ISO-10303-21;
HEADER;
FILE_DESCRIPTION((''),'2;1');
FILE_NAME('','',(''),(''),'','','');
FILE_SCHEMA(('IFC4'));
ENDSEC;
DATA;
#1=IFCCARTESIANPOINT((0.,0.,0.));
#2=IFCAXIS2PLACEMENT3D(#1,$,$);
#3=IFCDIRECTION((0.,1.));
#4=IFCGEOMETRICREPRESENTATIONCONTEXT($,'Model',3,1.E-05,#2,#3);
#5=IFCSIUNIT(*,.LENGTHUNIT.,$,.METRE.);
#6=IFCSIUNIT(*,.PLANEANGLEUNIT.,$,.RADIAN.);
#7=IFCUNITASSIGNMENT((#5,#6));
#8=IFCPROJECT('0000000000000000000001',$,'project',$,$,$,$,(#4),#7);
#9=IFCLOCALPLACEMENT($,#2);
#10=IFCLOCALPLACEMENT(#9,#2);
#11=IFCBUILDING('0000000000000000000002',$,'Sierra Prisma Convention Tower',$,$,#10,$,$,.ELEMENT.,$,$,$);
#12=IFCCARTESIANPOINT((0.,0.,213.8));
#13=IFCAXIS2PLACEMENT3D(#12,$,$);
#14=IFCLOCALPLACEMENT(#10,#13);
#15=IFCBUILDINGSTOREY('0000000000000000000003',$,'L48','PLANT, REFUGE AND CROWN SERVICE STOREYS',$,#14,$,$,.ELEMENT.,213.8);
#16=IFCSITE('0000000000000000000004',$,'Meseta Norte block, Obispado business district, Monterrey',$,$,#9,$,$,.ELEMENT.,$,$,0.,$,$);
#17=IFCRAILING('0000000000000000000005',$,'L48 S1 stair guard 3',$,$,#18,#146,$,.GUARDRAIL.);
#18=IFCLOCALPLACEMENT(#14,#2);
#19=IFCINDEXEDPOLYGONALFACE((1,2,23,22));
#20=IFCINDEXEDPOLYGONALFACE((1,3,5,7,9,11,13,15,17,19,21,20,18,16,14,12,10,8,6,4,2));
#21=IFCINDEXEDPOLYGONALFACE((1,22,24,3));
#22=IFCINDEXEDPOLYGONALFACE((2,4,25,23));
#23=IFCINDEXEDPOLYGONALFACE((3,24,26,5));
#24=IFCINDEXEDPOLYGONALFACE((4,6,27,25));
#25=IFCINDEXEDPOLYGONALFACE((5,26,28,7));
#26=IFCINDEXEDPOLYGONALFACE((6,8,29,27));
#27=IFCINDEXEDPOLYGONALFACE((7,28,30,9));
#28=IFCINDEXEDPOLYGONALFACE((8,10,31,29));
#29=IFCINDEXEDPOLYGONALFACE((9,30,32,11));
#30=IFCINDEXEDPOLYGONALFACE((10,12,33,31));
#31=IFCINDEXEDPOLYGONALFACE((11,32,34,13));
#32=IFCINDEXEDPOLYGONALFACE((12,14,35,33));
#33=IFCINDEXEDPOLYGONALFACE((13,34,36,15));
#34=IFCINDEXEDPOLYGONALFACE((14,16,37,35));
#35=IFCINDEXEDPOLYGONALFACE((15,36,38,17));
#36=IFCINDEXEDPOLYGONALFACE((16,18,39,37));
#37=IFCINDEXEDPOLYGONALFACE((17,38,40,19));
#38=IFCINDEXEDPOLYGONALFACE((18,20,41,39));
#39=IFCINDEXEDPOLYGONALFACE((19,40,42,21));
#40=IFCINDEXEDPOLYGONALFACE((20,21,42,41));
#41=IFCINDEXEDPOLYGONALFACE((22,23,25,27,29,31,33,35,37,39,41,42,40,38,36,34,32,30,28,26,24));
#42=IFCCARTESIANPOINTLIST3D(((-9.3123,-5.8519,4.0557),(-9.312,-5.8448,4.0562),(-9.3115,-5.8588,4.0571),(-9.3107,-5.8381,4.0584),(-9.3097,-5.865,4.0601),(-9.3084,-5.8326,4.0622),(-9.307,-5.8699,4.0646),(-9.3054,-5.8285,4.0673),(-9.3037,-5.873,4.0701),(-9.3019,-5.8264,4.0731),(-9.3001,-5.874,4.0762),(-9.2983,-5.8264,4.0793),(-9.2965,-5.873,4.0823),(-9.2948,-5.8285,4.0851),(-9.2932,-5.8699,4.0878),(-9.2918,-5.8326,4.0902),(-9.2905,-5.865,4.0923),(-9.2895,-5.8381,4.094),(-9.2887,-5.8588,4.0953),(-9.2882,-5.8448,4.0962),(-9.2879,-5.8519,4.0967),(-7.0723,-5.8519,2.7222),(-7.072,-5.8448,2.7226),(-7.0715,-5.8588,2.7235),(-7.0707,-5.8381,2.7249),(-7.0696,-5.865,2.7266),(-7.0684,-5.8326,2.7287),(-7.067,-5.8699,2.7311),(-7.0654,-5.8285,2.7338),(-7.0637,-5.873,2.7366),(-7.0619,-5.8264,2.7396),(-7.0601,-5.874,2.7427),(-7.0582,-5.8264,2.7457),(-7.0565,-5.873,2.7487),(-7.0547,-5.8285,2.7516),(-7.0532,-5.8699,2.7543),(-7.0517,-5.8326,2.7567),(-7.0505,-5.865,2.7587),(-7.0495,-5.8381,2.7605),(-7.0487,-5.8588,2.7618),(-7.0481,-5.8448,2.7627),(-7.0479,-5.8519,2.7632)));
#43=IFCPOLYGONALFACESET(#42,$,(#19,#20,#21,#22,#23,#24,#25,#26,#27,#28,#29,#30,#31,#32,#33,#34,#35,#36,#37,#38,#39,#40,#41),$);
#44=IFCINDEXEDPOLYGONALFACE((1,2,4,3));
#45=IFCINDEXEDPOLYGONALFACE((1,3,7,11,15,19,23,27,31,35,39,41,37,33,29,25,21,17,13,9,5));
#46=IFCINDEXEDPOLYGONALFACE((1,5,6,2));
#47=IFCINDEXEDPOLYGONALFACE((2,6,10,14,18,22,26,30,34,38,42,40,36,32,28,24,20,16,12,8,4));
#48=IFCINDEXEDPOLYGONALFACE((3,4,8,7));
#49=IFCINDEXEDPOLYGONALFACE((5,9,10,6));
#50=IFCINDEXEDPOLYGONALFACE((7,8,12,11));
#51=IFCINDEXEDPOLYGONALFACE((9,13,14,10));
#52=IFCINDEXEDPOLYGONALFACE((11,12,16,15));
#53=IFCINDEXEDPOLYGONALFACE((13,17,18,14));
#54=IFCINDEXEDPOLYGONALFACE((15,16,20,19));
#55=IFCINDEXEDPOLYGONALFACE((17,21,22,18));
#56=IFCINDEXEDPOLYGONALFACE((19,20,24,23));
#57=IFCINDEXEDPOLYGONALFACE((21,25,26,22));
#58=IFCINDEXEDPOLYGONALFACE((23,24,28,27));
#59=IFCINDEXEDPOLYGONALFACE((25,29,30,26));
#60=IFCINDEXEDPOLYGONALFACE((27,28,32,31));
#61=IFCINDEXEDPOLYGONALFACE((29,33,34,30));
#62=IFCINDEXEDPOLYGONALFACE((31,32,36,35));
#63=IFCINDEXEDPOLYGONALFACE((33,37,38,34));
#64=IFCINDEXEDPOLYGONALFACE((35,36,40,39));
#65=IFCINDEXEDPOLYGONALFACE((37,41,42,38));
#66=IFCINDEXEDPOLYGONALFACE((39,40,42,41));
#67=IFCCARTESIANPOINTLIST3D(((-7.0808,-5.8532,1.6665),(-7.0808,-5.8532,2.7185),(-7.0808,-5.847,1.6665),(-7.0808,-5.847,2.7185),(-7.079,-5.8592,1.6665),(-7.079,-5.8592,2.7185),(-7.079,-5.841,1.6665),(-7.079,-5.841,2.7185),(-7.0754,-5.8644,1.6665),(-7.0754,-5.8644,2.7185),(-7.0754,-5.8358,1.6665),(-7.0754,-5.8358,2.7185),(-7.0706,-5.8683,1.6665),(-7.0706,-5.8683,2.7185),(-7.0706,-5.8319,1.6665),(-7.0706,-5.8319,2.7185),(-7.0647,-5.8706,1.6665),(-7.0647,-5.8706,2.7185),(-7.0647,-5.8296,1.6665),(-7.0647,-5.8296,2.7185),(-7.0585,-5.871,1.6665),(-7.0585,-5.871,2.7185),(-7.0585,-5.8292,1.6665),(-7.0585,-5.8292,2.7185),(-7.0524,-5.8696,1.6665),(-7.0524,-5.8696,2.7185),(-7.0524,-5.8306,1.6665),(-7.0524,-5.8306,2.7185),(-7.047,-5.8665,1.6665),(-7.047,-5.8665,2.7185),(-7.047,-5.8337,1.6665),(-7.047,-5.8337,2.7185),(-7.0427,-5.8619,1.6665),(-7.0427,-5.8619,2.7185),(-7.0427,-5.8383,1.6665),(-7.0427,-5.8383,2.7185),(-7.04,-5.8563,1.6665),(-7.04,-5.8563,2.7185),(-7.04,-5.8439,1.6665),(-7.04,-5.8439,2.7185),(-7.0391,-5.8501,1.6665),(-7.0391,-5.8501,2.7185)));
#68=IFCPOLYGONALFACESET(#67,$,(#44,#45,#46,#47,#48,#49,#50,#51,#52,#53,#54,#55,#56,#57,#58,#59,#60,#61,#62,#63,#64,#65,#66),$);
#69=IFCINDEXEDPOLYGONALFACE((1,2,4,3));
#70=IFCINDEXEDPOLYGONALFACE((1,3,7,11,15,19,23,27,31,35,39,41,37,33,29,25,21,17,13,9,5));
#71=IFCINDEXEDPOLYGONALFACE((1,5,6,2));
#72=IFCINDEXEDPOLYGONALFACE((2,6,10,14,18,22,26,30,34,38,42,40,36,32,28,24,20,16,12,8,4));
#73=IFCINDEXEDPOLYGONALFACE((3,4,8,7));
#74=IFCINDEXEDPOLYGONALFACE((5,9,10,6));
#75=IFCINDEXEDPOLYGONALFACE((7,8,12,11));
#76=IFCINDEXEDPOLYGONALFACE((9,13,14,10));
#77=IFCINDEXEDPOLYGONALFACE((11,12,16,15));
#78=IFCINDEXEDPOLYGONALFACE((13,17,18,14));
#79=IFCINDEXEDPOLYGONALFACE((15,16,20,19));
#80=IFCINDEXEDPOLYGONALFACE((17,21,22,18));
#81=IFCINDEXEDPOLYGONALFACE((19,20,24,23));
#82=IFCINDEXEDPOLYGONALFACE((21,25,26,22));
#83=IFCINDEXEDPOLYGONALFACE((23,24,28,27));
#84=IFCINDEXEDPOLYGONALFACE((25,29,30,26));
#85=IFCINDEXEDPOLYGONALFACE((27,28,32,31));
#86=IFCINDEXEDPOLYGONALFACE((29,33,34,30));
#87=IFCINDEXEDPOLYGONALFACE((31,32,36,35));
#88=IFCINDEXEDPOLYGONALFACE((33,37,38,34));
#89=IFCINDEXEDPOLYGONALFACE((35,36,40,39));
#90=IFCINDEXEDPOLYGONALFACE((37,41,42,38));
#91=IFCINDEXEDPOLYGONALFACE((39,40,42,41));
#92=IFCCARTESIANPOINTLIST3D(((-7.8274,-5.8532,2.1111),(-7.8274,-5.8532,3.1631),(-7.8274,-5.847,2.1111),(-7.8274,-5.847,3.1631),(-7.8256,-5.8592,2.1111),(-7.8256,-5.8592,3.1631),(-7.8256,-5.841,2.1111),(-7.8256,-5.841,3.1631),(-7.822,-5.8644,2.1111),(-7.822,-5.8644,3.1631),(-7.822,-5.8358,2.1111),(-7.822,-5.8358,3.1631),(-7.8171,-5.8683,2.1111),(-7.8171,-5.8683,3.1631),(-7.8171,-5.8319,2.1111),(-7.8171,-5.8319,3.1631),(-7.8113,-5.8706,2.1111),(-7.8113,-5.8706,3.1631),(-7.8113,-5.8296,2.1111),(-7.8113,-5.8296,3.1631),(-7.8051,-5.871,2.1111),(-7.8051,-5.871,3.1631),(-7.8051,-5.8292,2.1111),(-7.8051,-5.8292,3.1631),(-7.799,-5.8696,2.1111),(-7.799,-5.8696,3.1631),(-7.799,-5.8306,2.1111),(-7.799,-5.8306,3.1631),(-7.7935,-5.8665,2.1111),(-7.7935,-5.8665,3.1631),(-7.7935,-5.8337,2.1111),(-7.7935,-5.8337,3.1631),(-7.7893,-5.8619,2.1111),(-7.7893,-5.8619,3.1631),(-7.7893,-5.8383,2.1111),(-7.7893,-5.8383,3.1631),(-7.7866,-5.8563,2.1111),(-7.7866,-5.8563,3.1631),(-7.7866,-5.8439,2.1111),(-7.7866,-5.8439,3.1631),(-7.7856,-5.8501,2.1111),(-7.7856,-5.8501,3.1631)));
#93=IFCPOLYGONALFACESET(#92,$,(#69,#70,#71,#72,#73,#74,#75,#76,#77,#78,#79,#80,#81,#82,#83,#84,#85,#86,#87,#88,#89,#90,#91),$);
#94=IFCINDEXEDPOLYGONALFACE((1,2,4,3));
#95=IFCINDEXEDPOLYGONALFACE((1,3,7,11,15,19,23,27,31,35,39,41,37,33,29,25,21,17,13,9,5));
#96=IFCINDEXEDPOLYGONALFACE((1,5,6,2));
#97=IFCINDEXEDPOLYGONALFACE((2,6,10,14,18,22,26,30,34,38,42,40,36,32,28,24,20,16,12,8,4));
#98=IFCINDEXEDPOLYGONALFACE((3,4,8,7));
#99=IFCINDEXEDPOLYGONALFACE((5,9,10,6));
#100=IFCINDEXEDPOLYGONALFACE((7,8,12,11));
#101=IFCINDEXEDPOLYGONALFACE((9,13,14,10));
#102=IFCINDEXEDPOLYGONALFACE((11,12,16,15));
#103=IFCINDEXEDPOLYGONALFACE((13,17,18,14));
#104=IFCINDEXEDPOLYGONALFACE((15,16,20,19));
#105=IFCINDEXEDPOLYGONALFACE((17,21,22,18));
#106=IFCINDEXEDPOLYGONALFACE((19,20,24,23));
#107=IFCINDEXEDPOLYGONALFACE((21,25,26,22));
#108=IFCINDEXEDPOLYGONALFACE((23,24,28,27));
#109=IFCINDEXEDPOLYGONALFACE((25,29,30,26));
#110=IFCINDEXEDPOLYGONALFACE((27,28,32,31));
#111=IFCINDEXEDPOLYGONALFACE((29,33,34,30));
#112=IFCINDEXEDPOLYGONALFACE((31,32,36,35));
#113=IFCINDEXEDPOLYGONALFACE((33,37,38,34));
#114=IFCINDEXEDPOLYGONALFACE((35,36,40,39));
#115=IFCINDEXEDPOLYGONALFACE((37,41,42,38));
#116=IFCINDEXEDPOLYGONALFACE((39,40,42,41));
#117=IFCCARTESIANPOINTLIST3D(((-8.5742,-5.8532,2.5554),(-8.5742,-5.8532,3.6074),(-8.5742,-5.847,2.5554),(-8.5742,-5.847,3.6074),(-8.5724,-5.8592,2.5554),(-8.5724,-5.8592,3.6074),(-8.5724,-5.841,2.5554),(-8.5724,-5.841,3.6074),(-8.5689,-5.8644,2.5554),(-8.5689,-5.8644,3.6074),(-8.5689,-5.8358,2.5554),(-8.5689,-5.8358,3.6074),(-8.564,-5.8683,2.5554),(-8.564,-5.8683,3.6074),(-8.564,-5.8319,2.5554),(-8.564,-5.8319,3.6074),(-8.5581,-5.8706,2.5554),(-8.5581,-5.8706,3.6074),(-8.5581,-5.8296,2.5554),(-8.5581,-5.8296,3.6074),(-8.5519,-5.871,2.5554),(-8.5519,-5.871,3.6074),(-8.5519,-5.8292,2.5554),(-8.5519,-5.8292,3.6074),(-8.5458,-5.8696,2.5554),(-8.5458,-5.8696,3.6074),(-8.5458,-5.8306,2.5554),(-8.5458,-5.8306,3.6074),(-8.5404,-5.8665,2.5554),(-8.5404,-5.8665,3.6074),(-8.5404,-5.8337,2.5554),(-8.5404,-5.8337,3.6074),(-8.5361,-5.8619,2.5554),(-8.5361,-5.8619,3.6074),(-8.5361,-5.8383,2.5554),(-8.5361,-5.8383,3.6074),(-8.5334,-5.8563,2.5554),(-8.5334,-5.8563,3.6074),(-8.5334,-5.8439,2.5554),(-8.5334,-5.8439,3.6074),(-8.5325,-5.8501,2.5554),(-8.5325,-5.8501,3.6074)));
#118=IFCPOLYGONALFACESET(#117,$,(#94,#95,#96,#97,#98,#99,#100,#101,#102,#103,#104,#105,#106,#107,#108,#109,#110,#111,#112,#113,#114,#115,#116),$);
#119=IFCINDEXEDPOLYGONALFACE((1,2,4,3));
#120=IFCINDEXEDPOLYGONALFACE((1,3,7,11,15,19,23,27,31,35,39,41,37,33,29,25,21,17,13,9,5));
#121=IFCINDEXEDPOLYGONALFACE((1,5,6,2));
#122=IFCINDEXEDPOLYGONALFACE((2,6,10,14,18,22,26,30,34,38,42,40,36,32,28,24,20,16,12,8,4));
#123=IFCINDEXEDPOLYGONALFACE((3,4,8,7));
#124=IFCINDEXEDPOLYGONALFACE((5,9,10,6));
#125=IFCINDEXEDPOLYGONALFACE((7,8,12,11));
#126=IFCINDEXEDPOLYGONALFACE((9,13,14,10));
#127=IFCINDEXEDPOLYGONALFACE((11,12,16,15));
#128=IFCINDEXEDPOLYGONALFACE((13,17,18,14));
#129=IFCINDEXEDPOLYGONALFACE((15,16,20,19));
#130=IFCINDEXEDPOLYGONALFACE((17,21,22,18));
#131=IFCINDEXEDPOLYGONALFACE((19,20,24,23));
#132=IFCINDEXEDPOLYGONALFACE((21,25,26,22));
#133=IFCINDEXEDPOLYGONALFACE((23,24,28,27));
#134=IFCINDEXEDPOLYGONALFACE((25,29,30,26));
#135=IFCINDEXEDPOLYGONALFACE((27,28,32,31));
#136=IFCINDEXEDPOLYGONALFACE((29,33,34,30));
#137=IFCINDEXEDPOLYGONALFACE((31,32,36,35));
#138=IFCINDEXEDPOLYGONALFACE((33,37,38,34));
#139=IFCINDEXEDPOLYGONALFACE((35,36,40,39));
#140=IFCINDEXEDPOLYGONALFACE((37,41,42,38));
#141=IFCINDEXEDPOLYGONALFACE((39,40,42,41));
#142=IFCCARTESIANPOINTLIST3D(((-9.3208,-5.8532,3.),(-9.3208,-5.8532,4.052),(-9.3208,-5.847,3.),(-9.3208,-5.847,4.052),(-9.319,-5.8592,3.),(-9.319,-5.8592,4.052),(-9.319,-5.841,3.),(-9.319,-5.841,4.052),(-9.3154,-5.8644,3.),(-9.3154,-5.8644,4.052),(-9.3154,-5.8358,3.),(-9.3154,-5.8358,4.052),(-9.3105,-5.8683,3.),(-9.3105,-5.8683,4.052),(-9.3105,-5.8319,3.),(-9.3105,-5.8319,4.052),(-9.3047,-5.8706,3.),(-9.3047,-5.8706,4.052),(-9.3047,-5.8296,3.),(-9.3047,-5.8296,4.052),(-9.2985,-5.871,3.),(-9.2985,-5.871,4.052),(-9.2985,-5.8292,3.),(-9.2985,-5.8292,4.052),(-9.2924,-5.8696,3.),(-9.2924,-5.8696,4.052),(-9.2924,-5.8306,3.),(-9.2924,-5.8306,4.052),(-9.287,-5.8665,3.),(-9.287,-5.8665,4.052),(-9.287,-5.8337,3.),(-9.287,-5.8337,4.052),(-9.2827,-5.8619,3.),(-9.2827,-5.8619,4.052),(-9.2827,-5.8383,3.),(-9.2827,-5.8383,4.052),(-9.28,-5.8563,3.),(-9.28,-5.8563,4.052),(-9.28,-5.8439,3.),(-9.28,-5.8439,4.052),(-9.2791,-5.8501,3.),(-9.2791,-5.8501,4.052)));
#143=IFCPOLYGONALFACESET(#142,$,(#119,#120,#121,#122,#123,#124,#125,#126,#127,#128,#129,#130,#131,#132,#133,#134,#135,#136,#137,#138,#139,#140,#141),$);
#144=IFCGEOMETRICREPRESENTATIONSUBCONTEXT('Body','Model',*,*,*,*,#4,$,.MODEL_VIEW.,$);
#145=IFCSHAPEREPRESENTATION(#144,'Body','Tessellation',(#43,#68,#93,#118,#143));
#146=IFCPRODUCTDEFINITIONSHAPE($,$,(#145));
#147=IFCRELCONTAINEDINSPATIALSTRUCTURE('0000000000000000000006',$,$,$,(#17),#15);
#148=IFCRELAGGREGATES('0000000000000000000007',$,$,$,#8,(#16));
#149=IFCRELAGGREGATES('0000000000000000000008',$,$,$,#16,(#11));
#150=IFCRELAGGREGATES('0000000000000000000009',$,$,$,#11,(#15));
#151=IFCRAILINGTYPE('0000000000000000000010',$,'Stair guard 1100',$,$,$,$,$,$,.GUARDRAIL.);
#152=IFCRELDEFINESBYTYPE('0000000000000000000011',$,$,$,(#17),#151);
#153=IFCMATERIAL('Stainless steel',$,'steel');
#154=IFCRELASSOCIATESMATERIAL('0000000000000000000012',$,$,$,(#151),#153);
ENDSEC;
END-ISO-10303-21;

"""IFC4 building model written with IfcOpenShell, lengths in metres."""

from ifc_helpers import new_model, si_unit, direction, frame, origin, origin_2d, place, context, subcontext, project, spatial, circle, extrude, material, type_object, element, save


model = new_model("IFC4")

# Units and contexts
model_context = context("Model", 3, precision=1e-05, world=origin(), true_north=direction((0.0, 1.0)))
body_context = subcontext(model_context, "Body", "Model", "MODEL_VIEW")
ifc_project = project(units=[si_unit("LENGTHUNIT", "METRE"), si_unit("PLANEANGLEUNIT", "RADIAN")], contexts=[model_context])

# Site, building, storey
site_placement = place(None, origin())
site = spatial("IfcSite", under=ifc_project, at=site_placement, Name="Meseta Norte block, Obispado business district, Monterrey", CompositionType="ELEMENT", RefElevation=0.0)
building_placement = place(site_placement, origin())
building = spatial("IfcBuilding", under=site, at=building_placement, Name="Sierra Prisma Convention Tower", CompositionType="ELEMENT")
storey_placement = place(building_placement, frame((0.0, 0.0, 213.8)))
storey = spatial("IfcBuildingStorey", under=building, at=storey_placement, Name="L48", Description="PLANT, REFUGE AND CROWN SERVICE STOREYS", CompositionType="ELEMENT", Elevation=213.8)

# Railing
ifc_material_1 = material(Name="Stainless steel", Category="steel")
railing_type_1 = type_object("IfcRailingType", Name="Stair guard 1100", PredefinedType="GUARDRAIL", material=ifc_material_1)
railing_1_placement = place(storey_placement, frame((-7.0601, -5.8501, 1.6665)))
element("IfcRailing", 1, at=railing_1_placement, inside=storey, type_object=railing_type_1, Name="L48 S1 stair guard 3", PredefinedType="GUARDRAIL", context=body_context, shape_type="SweptSolid", body=[
    extrude(circle(Radius=0.0239, at=origin_2d()), frame((0.0, 0.0, 1.0762), z_axis=(-0.859264, 0.0, 0.511532), x_axis=(0.0, -1.0, 0.0)), (0.0, 0.0, 1.0), 2.6069),
    extrude(circle(Radius=0.021, at=origin_2d()), origin(), (0.0, 0.0, 1.0), 1.052),
    extrude(circle(Radius=0.021, at=origin_2d()), frame((-0.7466, 0.0, 0.4446)), (0.0, 0.0, 1.0), 1.052),
    extrude(circle(Radius=0.021, at=origin_2d()), frame((-1.4934, 0.0, 0.8889)), (0.0, 0.0, 1.0), 1.052),
    extrude(circle(Radius=0.021, at=origin_2d()), frame((-2.24, 0.0, 1.3335)), (0.0, 0.0, 1.0), 1.052),
])

save(model, "model.ifc")
